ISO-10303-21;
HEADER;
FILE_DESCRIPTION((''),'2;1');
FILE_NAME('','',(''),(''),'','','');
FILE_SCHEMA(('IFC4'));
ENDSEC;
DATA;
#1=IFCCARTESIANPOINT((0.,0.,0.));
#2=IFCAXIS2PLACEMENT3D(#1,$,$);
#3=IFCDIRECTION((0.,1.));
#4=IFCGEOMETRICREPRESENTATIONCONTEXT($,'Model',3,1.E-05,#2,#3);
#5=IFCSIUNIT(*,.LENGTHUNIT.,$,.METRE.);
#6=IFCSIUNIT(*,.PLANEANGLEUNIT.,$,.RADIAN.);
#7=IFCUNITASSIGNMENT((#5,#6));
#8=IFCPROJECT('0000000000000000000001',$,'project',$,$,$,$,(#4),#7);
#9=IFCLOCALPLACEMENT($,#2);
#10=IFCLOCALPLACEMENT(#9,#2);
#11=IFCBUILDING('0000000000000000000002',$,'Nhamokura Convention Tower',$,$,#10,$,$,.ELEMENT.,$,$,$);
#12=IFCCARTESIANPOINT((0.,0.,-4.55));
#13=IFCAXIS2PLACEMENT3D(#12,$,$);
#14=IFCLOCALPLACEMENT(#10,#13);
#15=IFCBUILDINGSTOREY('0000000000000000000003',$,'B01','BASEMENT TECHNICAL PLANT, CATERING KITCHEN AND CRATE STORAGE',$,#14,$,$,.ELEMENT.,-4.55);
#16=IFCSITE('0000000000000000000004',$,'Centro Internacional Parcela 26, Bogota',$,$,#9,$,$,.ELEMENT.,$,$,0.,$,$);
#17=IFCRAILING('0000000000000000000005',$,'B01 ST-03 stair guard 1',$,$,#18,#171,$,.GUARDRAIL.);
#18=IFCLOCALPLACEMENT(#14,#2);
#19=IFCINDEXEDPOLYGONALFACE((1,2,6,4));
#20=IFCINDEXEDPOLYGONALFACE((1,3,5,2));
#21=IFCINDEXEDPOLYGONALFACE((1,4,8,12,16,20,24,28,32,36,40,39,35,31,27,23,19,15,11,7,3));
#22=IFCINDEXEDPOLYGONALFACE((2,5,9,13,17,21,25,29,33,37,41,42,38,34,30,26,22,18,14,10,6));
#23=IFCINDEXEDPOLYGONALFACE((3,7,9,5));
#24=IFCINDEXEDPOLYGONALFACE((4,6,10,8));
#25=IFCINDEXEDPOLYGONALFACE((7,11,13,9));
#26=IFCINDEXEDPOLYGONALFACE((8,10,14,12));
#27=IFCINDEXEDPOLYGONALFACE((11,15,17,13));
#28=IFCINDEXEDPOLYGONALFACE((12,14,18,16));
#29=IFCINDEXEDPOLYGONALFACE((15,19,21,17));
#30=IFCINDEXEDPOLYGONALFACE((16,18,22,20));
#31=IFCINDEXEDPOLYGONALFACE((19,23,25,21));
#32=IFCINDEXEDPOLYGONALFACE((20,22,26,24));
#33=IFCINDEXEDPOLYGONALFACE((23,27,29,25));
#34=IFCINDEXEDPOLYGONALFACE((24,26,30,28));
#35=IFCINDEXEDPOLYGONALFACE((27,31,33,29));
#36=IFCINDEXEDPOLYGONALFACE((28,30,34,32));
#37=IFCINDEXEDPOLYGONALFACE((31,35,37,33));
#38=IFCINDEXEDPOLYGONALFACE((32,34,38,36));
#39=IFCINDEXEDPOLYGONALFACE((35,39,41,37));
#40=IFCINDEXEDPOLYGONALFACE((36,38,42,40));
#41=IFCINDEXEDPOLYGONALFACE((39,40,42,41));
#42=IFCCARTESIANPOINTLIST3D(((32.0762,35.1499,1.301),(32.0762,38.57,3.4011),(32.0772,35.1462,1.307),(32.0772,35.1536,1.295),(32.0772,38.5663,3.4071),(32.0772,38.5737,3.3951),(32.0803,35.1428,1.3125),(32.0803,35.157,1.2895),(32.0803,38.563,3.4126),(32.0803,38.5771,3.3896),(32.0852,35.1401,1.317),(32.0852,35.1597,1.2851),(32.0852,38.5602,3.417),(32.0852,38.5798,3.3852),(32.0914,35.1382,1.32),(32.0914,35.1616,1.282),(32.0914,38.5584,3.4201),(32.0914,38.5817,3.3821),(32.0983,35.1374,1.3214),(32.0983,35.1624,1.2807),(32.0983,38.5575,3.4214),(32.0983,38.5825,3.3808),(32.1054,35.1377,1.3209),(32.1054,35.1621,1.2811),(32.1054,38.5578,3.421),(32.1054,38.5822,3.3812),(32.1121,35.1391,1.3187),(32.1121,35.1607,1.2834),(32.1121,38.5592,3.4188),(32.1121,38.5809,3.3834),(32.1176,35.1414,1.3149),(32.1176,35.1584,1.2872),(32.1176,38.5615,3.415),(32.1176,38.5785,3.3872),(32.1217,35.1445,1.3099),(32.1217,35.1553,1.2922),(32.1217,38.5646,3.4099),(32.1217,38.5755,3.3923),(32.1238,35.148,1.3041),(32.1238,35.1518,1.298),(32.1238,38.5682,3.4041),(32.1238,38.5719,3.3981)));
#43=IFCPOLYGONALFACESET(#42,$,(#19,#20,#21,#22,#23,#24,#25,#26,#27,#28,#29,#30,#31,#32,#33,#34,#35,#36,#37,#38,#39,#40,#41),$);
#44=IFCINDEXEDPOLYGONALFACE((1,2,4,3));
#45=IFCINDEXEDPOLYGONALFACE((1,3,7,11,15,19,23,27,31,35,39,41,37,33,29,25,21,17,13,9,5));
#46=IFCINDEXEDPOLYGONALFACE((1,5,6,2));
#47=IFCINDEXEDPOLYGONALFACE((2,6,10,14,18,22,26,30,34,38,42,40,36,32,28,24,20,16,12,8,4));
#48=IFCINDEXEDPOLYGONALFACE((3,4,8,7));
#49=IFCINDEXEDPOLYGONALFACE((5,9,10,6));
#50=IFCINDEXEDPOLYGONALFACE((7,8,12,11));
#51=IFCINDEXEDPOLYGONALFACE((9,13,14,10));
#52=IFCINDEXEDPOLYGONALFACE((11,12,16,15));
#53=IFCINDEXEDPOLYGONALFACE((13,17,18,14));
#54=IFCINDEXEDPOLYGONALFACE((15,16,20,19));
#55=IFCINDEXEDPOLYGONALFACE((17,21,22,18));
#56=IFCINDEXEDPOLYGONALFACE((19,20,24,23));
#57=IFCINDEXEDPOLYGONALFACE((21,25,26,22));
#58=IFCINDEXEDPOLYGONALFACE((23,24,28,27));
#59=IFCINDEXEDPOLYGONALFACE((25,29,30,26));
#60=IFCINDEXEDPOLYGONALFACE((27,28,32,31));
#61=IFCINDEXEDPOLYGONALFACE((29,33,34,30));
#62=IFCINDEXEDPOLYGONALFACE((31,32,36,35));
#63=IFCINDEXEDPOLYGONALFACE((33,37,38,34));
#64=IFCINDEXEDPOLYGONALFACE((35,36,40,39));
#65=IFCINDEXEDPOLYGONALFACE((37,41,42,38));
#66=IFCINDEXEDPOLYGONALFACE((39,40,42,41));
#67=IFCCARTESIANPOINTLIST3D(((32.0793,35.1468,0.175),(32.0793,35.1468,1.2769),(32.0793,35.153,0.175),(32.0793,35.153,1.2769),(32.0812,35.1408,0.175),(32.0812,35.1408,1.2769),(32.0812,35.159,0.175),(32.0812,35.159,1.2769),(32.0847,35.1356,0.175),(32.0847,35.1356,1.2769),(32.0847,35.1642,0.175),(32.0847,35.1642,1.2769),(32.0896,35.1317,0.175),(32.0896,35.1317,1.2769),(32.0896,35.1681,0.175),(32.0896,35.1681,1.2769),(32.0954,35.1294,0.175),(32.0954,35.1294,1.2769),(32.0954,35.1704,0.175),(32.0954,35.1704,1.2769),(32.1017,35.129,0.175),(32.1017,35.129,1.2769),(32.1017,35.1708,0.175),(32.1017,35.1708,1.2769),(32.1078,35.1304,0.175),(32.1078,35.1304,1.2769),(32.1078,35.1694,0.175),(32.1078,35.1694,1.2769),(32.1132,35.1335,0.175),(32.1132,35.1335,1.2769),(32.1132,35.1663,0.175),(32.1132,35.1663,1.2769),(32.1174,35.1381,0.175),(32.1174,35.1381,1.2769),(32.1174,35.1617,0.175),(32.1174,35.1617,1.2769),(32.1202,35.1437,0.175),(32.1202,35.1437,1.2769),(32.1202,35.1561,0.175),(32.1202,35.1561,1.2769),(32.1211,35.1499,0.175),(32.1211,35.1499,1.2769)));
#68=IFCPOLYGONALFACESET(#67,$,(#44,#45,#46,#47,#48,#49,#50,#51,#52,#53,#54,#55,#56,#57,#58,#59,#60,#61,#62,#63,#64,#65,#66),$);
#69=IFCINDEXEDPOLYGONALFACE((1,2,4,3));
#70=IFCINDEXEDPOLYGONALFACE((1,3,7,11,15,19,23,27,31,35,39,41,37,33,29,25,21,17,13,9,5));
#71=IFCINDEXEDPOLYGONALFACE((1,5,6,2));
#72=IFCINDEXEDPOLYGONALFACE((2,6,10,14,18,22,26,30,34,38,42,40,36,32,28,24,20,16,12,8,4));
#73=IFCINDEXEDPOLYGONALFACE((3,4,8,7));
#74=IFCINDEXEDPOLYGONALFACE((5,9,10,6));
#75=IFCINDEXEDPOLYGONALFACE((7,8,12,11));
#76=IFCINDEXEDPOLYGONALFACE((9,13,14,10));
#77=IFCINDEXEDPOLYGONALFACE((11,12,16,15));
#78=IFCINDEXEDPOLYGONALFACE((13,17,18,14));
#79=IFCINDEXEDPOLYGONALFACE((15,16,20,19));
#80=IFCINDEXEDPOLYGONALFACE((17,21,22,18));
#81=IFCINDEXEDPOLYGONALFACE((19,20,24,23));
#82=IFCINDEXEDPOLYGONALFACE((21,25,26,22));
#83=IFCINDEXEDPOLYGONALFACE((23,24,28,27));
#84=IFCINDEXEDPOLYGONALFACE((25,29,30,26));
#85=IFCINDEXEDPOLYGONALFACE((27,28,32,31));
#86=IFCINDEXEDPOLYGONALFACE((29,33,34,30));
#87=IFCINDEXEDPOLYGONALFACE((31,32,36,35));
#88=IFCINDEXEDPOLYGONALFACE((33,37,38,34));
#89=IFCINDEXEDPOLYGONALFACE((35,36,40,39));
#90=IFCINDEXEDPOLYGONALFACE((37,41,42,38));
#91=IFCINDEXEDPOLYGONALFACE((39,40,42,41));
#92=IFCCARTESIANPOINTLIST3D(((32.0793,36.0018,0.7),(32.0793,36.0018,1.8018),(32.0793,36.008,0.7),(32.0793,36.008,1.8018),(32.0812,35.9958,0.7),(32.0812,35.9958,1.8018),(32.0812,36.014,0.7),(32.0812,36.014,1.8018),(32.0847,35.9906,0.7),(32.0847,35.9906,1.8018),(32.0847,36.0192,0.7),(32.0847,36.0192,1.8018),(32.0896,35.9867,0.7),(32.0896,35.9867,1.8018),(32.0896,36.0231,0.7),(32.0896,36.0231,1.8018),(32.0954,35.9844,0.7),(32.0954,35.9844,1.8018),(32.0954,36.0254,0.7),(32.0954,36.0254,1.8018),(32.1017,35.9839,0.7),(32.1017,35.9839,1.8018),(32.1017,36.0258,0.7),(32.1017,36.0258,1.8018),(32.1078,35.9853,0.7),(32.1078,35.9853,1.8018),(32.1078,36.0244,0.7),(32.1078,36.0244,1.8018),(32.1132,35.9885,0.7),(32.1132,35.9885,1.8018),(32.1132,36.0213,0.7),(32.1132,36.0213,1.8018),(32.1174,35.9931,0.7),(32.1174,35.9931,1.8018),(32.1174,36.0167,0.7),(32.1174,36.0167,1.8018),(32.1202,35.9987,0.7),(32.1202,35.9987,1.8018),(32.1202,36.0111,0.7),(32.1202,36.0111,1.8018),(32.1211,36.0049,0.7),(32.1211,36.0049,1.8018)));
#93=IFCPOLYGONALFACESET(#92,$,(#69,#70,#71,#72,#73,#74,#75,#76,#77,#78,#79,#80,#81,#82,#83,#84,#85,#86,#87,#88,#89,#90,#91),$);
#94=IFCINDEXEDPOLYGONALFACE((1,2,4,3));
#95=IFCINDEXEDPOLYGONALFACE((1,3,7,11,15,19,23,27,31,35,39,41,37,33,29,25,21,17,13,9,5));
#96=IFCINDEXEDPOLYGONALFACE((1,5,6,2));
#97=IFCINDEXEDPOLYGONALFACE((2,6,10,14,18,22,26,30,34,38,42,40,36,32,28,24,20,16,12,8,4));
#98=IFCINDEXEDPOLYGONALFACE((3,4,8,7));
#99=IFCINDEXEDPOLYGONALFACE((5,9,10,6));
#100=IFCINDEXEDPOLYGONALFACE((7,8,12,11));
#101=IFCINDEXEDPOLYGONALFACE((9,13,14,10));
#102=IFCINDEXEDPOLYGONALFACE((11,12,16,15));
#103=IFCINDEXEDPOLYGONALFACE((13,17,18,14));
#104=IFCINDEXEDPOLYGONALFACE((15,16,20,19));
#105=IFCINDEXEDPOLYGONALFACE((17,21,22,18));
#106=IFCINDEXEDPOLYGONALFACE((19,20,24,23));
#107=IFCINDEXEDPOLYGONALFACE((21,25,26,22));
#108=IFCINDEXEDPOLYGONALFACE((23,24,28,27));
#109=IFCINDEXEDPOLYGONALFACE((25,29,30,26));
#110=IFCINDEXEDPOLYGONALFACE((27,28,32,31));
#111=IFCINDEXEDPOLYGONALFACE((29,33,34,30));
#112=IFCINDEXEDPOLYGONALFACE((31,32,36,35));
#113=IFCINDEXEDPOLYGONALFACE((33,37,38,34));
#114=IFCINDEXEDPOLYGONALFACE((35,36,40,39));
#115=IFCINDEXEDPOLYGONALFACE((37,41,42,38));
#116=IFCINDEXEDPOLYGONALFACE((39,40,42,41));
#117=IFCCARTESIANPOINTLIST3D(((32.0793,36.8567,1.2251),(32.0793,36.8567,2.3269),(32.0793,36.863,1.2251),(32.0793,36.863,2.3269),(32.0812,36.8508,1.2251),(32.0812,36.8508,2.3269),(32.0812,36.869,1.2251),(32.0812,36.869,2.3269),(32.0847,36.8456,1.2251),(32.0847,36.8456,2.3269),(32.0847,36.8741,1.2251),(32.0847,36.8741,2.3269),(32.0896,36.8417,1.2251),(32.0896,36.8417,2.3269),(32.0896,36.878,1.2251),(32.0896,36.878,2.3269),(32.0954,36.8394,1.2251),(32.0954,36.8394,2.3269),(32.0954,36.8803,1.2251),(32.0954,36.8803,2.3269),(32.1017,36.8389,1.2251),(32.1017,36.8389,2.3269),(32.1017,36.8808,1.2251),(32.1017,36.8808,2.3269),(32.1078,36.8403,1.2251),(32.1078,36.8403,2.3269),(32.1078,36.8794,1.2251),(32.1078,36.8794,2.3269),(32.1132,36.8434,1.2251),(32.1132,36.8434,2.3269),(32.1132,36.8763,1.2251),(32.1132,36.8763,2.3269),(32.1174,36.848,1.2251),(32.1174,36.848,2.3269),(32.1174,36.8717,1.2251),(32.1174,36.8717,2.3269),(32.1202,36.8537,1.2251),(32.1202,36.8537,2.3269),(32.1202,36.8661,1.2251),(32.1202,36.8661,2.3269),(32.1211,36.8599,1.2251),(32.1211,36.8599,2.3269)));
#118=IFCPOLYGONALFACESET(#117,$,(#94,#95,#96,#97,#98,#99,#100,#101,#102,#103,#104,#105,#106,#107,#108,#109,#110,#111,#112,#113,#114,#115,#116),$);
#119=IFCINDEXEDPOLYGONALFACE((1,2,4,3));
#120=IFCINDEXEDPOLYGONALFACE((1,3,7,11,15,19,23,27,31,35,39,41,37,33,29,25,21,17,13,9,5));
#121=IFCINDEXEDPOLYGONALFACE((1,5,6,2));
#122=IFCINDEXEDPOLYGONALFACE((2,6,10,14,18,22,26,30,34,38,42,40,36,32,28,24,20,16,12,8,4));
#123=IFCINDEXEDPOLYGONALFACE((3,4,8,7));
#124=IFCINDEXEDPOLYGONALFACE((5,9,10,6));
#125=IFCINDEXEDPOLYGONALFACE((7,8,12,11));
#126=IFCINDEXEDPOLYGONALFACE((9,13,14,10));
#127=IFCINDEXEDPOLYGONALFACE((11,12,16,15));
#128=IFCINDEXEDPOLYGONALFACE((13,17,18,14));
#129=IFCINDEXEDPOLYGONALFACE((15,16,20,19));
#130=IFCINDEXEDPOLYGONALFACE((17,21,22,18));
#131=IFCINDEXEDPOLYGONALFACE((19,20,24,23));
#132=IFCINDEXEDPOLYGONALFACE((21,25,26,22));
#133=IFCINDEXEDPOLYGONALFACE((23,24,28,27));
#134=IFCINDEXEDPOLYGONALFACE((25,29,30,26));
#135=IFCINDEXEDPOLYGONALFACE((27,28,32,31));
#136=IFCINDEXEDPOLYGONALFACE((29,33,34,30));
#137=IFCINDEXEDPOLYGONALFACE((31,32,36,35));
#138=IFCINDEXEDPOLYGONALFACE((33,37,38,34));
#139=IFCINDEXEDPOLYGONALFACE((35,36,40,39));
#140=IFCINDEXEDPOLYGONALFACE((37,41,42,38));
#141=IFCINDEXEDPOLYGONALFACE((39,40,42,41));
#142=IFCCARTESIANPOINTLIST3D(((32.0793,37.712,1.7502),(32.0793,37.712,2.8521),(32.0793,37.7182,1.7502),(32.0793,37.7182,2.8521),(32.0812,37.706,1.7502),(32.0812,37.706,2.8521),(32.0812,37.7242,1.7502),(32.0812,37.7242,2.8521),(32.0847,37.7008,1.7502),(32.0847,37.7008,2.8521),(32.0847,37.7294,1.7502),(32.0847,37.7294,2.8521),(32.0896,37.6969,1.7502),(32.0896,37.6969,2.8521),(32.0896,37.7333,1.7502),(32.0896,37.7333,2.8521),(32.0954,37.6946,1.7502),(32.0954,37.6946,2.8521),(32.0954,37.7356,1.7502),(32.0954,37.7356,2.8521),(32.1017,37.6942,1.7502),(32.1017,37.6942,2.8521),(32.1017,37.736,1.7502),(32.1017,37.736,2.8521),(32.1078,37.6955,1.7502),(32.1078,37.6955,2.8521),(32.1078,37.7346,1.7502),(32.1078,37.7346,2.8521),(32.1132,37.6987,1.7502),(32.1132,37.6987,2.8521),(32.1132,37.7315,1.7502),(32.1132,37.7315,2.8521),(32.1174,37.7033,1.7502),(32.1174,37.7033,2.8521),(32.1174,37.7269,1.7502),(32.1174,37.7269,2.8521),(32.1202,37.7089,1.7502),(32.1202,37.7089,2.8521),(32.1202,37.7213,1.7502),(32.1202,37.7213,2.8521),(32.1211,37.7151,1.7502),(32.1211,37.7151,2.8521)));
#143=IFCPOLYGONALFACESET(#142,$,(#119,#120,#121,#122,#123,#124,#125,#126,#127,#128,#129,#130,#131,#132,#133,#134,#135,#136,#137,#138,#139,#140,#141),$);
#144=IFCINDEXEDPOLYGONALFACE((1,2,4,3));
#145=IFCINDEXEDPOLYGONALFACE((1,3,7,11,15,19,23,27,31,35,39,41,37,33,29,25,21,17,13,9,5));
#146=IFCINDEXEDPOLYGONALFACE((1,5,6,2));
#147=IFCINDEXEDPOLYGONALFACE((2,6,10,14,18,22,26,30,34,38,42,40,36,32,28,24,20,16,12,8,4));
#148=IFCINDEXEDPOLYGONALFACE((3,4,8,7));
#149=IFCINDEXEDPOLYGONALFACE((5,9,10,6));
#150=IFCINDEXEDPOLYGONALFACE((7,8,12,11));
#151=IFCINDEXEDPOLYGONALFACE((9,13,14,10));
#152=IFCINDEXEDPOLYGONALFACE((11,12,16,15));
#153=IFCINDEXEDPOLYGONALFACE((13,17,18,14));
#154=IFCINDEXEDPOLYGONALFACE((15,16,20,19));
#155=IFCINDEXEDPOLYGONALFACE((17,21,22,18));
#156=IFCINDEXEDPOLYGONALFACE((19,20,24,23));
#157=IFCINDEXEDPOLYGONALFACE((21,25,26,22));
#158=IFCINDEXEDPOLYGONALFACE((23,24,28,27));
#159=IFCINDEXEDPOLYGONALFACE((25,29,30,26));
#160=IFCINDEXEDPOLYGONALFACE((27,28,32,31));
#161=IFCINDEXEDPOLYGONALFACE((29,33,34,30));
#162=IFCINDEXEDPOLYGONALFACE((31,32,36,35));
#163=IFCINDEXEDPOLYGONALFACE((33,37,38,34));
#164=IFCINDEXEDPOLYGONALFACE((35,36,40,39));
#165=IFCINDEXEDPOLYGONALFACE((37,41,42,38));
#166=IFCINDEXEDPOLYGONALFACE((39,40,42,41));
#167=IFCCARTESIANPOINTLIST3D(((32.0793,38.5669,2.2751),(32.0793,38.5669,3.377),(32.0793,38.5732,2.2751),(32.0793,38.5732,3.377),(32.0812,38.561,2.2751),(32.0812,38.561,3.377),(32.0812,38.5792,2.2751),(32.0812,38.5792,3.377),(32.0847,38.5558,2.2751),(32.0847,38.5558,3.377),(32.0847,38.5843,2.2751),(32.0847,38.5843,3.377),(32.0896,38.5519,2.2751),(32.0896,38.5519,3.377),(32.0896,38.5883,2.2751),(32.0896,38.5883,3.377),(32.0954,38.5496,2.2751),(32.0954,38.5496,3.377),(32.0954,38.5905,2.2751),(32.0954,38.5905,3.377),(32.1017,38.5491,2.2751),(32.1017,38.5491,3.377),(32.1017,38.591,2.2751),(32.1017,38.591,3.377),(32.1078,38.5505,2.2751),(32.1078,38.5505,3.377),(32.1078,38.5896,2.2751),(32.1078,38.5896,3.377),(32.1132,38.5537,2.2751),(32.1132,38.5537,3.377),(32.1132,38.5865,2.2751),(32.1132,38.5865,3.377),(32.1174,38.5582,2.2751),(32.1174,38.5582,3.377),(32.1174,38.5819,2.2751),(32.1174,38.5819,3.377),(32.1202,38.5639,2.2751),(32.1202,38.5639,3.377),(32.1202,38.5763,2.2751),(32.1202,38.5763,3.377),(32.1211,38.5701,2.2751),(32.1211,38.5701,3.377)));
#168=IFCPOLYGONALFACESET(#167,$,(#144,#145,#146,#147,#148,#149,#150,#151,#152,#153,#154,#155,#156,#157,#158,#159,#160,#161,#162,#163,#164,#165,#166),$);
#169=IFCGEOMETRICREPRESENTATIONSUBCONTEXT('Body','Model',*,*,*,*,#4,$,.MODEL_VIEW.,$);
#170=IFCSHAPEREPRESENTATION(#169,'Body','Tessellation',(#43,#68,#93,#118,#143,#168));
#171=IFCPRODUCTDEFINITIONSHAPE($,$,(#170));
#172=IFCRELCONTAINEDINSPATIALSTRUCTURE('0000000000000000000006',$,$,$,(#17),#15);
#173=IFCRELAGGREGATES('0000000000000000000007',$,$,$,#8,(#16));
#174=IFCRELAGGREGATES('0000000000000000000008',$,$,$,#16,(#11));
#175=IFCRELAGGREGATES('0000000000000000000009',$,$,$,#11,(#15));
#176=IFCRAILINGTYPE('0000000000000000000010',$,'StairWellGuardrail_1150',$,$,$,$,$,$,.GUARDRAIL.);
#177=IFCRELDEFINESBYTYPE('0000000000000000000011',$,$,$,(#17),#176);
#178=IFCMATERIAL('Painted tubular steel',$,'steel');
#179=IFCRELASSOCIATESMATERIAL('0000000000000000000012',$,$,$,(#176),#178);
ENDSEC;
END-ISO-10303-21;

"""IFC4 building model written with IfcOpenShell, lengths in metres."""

from ifc_helpers import new_model, si_unit, direction, frame, origin, origin_2d, place, context, subcontext, project, spatial, circle, extrude, material, type_object, element, save


model = new_model("IFC4")

# Units and contexts
model_context = context("Model", 3, precision=1e-05, world=origin(), true_north=direction((0.0, 1.0)))
body_context = subcontext(model_context, "Body", "Model", "MODEL_VIEW")
ifc_project = project(units=[si_unit("LENGTHUNIT", "METRE"), si_unit("PLANEANGLEUNIT", "RADIAN")], contexts=[model_context])

# Site, building, storey
site_placement = place(None, origin())
site = spatial("IfcSite", under=ifc_project, at=site_placement, Name="Centro Internacional Parcela 26, Bogota", CompositionType="ELEMENT", RefElevation=0.0)
building_placement = place(site_placement, origin())
building = spatial("IfcBuilding", under=site, at=building_placement, Name="Nhamokura Convention Tower", CompositionType="ELEMENT")
storey_placement = place(building_placement, frame((0.0, 0.0, -4.55)))
storey = spatial("IfcBuildingStorey", under=building, at=storey_placement, Name="B01", Description="BASEMENT TECHNICAL PLANT, CATERING KITCHEN AND CRATE STORAGE", CompositionType="ELEMENT", Elevation=-4.55)

# Railing
ifc_material_1 = material(Name="Painted tubular steel", Category="steel")
railing_type_1 = type_object("IfcRailingType", Name="StairWellGuardrail_1150", PredefinedType="GUARDRAIL", material=ifc_material_1)
railing_1_placement = place(storey_placement, frame((32.1001, 35.1499, 0.175)))
element("IfcRailing", 1, at=railing_1_placement, inside=storey, type_object=railing_type_1, Name="B01 ST-03 stair guard 1", PredefinedType="GUARDRAIL", context=body_context, shape_type="SweptSolid", body=[
    extrude(circle(Radius=0.0239, at=origin_2d()), frame((0.0, 0.0, 1.126), z_axis=(0.0, 0.852172, 0.523262), x_axis=(-1.0, 0.0, 0.0)), (0.0, 0.0, 1.0), 4.0134),
    extrude(circle(Radius=0.021, at=origin_2d()), origin(), (0.0, 0.0, 1.0), 1.1018),
    extrude(circle(Radius=0.021, at=origin_2d()), frame((0.0, 0.855, 0.5249)), (0.0, 0.0, 1.0), 1.1018),
    extrude(circle(Radius=0.021, at=origin_2d()), frame((0.0, 1.71, 1.05)), (0.0, 0.0, 1.0), 1.1018),
    extrude(circle(Radius=0.021, at=origin_2d()), frame((0.0, 2.5652, 1.5752)), (0.0, 0.0, 1.0), 1.1018),
    extrude(circle(Radius=0.021, at=origin_2d()), frame((0.0, 3.4202, 2.1001)), (0.0, 0.0, 1.0), 1.1018),
])

save(model, "model.ifc")
